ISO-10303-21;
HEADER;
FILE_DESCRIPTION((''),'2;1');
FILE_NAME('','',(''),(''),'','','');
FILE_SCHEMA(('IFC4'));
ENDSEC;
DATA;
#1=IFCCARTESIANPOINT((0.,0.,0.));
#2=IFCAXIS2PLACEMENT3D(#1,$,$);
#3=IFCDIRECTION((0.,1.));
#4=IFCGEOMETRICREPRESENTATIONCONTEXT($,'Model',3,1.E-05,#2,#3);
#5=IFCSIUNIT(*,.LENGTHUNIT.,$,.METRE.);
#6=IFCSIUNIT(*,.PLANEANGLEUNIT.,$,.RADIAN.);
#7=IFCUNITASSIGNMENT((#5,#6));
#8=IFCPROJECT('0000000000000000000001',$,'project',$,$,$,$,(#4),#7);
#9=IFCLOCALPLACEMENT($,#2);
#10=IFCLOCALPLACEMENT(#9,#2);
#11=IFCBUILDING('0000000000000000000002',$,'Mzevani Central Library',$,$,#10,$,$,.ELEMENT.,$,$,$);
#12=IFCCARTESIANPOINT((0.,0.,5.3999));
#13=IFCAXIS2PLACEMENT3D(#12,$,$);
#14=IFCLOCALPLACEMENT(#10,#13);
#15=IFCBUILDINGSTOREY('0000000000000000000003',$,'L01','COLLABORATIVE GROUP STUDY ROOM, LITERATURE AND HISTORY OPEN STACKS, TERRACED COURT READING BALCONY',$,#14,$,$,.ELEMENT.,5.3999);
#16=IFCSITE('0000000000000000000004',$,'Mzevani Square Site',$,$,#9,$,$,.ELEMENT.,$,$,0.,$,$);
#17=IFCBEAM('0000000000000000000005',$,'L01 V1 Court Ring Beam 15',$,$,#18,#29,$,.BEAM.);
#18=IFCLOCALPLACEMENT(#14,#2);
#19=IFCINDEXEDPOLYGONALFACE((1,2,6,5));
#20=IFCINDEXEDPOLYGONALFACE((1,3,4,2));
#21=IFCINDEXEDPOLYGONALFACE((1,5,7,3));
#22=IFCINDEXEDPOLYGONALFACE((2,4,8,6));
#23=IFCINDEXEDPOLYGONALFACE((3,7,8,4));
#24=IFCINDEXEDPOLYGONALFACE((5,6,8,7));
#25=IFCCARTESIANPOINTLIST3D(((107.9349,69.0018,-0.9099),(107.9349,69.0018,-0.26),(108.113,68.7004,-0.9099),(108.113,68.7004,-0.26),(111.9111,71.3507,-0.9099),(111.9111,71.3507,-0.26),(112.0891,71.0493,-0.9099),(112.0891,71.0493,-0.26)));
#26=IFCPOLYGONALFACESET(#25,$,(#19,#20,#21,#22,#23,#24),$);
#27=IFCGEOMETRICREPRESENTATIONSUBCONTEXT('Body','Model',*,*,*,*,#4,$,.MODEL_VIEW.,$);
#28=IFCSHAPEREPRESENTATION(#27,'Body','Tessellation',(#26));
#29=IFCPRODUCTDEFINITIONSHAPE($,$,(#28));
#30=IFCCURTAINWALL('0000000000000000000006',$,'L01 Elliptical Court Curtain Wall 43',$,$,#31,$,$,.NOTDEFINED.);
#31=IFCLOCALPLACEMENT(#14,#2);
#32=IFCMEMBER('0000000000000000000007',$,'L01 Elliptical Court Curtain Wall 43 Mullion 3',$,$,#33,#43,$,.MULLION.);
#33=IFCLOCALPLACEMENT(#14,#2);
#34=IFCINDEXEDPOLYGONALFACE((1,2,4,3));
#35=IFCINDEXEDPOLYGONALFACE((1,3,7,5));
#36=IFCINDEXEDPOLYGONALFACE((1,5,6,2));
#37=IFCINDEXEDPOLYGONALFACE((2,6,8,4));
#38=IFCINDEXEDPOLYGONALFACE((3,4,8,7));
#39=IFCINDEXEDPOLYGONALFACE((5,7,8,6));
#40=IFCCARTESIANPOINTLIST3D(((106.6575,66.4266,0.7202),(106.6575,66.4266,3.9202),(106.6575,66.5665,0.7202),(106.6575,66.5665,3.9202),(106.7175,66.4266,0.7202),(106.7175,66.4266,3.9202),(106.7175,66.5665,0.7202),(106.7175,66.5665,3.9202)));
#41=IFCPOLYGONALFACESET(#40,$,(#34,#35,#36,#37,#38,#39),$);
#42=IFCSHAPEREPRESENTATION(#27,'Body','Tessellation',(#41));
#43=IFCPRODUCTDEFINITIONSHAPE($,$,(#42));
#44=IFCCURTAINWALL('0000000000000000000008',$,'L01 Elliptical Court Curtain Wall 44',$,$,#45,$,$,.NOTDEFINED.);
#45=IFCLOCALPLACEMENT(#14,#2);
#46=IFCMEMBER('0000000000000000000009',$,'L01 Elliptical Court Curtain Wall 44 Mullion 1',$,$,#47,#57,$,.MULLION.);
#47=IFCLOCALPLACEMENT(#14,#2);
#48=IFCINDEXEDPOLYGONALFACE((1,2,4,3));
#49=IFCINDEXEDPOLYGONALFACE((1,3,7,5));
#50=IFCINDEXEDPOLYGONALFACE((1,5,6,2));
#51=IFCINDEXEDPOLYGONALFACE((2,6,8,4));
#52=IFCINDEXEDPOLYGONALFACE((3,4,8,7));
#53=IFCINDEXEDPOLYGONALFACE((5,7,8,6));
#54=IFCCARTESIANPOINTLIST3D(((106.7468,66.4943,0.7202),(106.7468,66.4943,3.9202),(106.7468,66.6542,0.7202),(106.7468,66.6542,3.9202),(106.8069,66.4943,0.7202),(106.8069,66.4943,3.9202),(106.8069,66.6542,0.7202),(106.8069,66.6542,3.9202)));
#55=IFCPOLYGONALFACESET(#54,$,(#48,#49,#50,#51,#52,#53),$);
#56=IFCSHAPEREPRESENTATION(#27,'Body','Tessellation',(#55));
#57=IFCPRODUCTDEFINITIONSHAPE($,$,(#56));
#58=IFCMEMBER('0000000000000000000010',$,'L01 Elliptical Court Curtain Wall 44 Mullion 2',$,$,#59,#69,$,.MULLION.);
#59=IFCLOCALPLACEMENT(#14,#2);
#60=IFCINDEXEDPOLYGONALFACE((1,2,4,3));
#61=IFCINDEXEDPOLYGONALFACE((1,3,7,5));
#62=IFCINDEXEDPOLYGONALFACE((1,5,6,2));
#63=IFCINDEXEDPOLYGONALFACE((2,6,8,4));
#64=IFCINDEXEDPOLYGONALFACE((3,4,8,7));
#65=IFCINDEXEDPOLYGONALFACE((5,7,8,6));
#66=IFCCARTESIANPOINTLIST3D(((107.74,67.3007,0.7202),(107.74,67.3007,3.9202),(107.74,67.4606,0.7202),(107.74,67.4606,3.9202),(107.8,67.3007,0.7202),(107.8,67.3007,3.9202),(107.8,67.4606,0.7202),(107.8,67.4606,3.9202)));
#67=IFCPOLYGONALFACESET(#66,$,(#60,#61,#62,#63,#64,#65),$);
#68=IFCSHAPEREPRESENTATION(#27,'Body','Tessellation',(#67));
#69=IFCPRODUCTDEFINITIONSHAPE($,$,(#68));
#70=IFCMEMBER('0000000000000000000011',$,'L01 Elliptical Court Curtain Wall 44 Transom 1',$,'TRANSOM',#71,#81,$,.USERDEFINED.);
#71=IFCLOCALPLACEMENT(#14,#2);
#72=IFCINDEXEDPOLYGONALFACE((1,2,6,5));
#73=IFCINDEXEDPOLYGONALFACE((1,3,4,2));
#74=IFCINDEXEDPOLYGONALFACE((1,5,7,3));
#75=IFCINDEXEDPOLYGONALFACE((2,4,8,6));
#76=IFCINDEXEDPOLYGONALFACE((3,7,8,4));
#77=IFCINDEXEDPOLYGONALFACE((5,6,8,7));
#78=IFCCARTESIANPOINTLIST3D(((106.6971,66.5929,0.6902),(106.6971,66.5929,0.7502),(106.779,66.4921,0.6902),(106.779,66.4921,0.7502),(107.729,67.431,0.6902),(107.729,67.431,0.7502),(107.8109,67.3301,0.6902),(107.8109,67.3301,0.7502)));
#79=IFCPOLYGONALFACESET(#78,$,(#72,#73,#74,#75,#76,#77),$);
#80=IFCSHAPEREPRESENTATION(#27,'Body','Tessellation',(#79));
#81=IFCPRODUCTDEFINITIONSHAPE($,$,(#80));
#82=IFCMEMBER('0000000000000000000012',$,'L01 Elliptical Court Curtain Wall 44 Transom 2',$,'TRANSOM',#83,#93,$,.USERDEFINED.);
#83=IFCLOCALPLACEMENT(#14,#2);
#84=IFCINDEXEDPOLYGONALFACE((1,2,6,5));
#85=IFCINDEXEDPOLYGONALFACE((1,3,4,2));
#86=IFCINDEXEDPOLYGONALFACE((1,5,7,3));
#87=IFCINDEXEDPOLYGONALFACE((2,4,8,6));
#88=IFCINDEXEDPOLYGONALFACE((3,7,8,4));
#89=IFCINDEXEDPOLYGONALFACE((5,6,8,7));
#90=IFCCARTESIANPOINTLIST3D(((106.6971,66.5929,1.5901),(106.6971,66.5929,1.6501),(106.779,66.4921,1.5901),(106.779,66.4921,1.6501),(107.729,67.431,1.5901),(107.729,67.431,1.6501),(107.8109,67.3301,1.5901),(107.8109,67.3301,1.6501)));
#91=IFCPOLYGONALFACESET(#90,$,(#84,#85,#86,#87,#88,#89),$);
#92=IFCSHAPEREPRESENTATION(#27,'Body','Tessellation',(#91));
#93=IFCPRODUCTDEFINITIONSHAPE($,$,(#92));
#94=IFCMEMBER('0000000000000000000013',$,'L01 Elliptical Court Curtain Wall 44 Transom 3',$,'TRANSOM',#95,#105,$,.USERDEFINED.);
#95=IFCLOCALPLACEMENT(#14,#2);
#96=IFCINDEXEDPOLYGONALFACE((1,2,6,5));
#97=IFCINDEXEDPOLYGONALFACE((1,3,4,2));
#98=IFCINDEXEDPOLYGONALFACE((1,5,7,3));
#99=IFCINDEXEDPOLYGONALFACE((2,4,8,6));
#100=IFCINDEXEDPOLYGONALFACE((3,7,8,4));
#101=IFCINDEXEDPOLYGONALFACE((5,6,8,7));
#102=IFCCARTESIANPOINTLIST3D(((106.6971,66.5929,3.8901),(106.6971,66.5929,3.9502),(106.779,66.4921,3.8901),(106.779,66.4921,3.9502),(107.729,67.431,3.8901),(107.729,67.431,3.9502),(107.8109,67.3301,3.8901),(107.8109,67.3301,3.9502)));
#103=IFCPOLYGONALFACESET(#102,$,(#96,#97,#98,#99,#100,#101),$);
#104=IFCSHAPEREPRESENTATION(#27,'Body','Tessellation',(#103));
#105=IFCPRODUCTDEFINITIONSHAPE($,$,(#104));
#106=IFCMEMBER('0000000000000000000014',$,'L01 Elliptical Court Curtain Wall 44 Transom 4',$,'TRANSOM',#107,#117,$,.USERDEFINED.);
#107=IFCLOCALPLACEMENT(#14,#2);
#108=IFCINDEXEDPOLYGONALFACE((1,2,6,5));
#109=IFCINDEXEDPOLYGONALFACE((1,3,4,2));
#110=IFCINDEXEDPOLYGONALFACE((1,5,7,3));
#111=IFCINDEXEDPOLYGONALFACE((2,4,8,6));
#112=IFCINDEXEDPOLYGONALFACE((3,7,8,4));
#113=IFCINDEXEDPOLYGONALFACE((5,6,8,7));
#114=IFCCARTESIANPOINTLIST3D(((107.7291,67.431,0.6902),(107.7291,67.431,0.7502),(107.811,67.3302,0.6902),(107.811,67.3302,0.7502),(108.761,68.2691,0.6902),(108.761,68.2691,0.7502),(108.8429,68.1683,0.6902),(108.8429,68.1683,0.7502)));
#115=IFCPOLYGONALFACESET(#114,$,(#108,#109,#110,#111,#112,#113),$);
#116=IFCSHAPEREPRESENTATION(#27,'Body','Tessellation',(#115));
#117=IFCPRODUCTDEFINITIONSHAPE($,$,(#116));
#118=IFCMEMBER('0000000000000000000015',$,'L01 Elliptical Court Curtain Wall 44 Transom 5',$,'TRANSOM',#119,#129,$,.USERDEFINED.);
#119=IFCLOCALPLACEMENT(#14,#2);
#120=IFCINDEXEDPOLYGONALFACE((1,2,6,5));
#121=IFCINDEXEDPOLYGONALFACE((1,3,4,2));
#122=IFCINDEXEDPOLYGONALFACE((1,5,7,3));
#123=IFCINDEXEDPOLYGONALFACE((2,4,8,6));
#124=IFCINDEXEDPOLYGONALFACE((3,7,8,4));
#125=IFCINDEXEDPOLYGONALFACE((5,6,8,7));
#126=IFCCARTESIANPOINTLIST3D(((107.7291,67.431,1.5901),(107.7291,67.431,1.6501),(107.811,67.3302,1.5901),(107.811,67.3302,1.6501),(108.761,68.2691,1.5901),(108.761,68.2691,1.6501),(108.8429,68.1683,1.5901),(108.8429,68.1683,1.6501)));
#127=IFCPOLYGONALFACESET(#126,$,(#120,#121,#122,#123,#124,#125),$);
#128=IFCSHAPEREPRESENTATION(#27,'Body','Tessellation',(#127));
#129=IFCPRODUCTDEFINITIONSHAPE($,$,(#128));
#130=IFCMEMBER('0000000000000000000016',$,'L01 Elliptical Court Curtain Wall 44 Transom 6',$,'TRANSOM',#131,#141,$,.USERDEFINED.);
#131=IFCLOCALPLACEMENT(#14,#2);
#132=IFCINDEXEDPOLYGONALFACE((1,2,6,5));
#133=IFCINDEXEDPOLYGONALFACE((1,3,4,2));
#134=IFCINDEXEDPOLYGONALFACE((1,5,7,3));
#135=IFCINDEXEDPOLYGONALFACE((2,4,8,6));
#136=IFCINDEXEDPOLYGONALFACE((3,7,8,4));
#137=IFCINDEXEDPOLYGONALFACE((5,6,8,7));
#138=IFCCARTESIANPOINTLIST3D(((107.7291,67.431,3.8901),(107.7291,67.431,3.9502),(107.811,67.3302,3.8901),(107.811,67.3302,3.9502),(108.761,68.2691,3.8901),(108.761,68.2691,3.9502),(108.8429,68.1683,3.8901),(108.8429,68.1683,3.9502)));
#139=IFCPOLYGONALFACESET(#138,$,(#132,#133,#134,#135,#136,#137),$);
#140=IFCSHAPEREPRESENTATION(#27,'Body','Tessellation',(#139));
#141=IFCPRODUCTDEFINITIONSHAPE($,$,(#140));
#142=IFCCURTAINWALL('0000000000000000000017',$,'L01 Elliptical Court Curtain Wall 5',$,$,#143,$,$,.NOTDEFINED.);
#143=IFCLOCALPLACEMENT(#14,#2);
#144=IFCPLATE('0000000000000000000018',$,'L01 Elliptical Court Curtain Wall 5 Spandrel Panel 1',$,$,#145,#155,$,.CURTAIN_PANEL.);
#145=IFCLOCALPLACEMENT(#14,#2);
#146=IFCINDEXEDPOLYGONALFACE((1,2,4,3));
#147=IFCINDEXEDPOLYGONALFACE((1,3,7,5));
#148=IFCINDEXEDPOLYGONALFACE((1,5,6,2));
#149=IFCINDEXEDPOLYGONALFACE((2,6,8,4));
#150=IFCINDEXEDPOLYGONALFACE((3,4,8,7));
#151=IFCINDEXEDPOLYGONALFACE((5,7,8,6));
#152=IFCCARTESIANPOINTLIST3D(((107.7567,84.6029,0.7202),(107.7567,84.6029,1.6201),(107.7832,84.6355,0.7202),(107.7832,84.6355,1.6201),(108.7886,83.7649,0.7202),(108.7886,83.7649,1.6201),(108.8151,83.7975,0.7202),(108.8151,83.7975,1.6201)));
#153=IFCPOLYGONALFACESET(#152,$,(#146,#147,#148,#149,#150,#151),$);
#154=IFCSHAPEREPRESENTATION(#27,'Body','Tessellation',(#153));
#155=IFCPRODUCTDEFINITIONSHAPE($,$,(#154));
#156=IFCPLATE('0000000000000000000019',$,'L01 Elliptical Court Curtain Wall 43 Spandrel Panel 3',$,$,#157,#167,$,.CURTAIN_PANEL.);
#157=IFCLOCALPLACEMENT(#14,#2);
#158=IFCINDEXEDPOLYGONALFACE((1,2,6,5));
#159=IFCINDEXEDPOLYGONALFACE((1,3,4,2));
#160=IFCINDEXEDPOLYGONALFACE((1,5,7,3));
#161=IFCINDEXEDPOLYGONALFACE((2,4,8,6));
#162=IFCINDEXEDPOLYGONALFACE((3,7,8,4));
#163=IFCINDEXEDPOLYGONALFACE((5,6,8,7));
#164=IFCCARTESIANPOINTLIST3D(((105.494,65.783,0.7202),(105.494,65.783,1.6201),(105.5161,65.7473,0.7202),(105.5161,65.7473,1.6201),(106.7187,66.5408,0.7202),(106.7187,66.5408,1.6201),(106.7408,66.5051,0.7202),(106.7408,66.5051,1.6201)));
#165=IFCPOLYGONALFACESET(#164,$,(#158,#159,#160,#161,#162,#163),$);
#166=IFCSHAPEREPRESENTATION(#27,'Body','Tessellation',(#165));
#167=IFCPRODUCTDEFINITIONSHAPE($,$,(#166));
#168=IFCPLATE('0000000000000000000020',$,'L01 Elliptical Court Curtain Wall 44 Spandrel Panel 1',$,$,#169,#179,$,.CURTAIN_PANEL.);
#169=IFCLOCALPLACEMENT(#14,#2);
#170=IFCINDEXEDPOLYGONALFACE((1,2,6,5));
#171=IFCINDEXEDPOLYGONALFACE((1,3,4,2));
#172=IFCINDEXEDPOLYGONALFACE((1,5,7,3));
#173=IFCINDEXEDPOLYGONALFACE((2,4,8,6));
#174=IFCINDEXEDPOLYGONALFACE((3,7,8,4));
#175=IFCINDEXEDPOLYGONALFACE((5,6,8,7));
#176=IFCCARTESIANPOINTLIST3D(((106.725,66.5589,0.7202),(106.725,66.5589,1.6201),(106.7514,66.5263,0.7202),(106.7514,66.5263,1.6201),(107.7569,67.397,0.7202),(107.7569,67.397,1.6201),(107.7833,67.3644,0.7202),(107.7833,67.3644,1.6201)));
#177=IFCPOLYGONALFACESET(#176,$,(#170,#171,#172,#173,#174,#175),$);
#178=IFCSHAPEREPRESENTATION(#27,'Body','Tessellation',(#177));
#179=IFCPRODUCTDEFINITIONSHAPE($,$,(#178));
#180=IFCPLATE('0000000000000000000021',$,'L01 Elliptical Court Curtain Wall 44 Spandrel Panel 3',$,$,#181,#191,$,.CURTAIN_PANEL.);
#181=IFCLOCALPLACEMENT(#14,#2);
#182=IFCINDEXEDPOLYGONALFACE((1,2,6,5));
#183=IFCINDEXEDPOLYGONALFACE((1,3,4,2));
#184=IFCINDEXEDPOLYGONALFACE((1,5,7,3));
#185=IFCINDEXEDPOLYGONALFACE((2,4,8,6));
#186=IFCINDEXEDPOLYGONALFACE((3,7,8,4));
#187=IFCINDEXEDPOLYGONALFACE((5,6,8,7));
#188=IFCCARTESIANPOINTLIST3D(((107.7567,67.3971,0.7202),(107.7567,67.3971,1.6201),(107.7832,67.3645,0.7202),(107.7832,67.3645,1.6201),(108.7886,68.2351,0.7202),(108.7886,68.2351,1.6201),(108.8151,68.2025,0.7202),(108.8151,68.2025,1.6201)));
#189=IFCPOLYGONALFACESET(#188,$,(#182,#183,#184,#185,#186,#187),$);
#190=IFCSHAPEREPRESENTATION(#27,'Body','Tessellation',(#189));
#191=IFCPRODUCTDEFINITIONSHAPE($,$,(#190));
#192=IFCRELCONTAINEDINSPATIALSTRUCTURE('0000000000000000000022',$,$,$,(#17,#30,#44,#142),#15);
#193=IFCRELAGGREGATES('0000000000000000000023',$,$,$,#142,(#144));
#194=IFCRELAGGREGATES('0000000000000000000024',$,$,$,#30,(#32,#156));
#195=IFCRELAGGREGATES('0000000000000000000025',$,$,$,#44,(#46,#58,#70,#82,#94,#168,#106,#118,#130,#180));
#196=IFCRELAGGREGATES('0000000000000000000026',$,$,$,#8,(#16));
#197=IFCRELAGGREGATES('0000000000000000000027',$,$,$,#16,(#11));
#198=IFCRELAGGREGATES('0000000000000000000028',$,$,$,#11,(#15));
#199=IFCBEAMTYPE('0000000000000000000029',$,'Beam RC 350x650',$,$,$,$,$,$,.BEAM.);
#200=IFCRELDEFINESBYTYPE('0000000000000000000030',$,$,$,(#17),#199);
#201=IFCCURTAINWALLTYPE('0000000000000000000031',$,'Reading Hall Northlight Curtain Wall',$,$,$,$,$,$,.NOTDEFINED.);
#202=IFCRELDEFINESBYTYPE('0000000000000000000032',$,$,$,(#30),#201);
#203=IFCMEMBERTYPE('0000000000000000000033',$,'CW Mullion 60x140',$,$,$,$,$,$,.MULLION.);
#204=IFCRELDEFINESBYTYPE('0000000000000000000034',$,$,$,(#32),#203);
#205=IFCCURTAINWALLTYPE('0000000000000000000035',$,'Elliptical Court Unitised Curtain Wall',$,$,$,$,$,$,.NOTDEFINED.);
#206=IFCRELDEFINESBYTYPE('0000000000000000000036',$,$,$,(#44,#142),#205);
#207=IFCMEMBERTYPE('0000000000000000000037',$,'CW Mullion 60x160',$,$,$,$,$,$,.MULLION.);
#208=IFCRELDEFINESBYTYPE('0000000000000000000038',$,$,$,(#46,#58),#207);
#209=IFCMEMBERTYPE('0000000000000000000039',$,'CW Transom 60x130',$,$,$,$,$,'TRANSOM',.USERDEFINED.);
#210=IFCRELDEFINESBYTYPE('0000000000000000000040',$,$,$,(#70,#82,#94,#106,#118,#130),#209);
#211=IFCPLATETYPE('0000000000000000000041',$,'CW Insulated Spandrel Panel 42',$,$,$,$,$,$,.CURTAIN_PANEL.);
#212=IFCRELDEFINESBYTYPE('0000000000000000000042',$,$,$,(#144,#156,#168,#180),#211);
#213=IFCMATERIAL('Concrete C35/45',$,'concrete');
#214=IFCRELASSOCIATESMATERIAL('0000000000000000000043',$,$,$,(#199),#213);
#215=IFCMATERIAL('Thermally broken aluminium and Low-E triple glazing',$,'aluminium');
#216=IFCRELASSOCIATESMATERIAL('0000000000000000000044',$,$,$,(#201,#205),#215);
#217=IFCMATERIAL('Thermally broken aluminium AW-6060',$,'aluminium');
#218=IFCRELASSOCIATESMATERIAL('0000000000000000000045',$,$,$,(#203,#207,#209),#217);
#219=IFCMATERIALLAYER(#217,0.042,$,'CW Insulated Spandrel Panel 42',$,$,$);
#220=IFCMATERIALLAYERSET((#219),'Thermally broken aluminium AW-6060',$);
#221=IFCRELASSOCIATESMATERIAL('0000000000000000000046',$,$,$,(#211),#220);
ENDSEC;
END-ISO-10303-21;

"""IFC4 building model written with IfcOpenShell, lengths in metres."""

from ifc_helpers import new_model, si_unit, direction, frame, origin, origin_2d, place, context, subcontext, project, spatial, rectangle, extrude, material, layer, layer_set, material_profile, profile_set, type_object, element, aggregate, save


model = new_model("IFC4")

# Units and contexts
model_context = context("Model", 3, precision=1e-05, world=origin(), true_north=direction((0.0, 1.0)))
body_context = subcontext(model_context, "Body", "Model", "MODEL_VIEW")
ifc_project = project(units=[si_unit("LENGTHUNIT", "METRE"), si_unit("PLANEANGLEUNIT", "RADIAN")], contexts=[model_context])

# Site, building, storey
site_placement = place(None, origin())
site = spatial("IfcSite", under=ifc_project, at=site_placement, Name="Mzevani Square Site", CompositionType="ELEMENT", RefElevation=0.0)
building_placement = place(site_placement, origin())
building = spatial("IfcBuilding", under=site, at=building_placement, Name="Mzevani Central Library", CompositionType="ELEMENT")
storey_placement = place(building_placement, frame((0.0, 0.0, 5.3999)))
storey = spatial("IfcBuildingStorey", under=building, at=storey_placement, Name="L01", Description="COLLABORATIVE GROUP STUDY ROOM, LITERATURE AND HISTORY OPEN STACKS, TERRACED COURT READING BALCONY", CompositionType="ELEMENT", Elevation=5.3999)

# Beam
ifc_material_1 = material(Name="Concrete C35/45", Category="concrete")
ifc_material_profile_1 = material_profile(ifc_material_1, rectangle(XDim=0.3501, YDim=0.6499, at=origin_2d()), Name="RC B350x650")
ifc_profile_set_1 = profile_set([ifc_material_profile_1], Name="Concrete C35/45")
beam_type = type_object("IfcBeamType", Name="Beam RC 350x650", PredefinedType="BEAM", material=ifc_profile_set_1)
beam_placement = place(storey_placement, frame((108.0239, 68.8511, -0.585), z_axis=(0.860985, 0.50863, 0.0), x_axis=(-0.50863, 0.860985, 0.0)))
element("IfcBeam", 1, at=beam_placement, inside=storey, type_object=beam_type, Name="L01 V1 Court Ring Beam 15", PredefinedType="BEAM", context=body_context, shape_type="SweptSolid", body=[
    extrude(rectangle(XDim=0.3501, YDim=0.6499, at=origin_2d()), origin(), (0.0, 0.0, 1.0), 4.6182),
])

# Curtain wall, member
ifc_material_2 = material(Name="Thermally broken aluminium and Low-E triple glazing", Category="aluminium")
curtain_wall_type_1 = type_object("IfcCurtainWallType", Name="Reading Hall Northlight Curtain Wall", PredefinedType="NOTDEFINED", material=ifc_material_2)
curtain_wall_1_placement = place(storey_placement, origin())
curtain_wall_1 = element("IfcCurtainWall", 2, at=curtain_wall_1_placement, inside=storey, type_object=curtain_wall_type_1, Name="L01 Elliptical Court Curtain Wall 43", PredefinedType="NOTDEFINED")
ifc_material_3 = material(Name="Thermally broken aluminium AW-6060", Category="aluminium")
ifc_material_profile_2 = material_profile(ifc_material_3, rectangle(XDim=0.0601, YDim=0.1399, at=origin_2d()), Name="ALU M60x140")
ifc_profile_set_2 = profile_set([ifc_material_profile_2], Name="Thermally broken aluminium AW-6060")
member_type_1 = type_object("IfcMemberType", Name="CW Mullion 60x140", PredefinedType="MULLION", material=ifc_profile_set_2)
member_1_placement = place(storey_placement, frame((106.6875, 66.4966, 0.7202), z_axis=(0.0, 0.0, 1.0), x_axis=(1.0, 0.0, 0.0)))
member_1 = element("IfcMember", 3, at=member_1_placement, type_object=member_type_1, Name="L01 Elliptical Court Curtain Wall 43 Mullion 3", PredefinedType="MULLION", context=body_context, shape_type="SweptSolid", body=[
    extrude(rectangle(XDim=0.0601, YDim=0.1399, at=origin_2d()), origin(), (0.0, 0.0, 1.0), 3.2),
])

# Curtain wall, members
curtain_wall_type_2 = type_object("IfcCurtainWallType", Name="Elliptical Court Unitised Curtain Wall", PredefinedType="NOTDEFINED", material=ifc_material_2)
curtain_wall_2_placement = place(storey_placement, origin())
curtain_wall_2 = element("IfcCurtainWall", 4, at=curtain_wall_2_placement, inside=storey, type_object=curtain_wall_type_2, Name="L01 Elliptical Court Curtain Wall 44", PredefinedType="NOTDEFINED")
ifc_material_profile_3 = material_profile(ifc_material_3, rectangle(XDim=0.0601, YDim=0.1599, at=origin_2d()), Name="ALU M60x160")
ifc_profile_set_3 = profile_set([ifc_material_profile_3], Name="Thermally broken aluminium AW-6060")
member_type_2 = type_object("IfcMemberType", Name="CW Mullion 60x160", PredefinedType="MULLION", material=ifc_profile_set_3)
member_2_placement = place(storey_placement, frame((106.7769, 66.5742, 0.7202), z_axis=(0.0, 0.0, 1.0), x_axis=(1.0, 0.0, 0.0)))
member_2 = element("IfcMember", 5, at=member_2_placement, type_object=member_type_2, Name="L01 Elliptical Court Curtain Wall 44 Mullion 1", PredefinedType="MULLION", context=body_context, shape_type="SweptSolid", body=[
    extrude(rectangle(XDim=0.0601, YDim=0.1599, at=origin_2d()), origin(), (0.0, 0.0, 1.0), 3.2),
])
member_3_placement = place(storey_placement, frame((107.77, 67.3806, 0.7202), z_axis=(0.0, 0.0, 1.0), x_axis=(1.0, 0.0, 0.0)))
member_3 = element("IfcMember", 6, at=member_3_placement, type_object=member_type_2, Name="L01 Elliptical Court Curtain Wall 44 Mullion 2", PredefinedType="MULLION", context=body_context, shape_type="SweptSolid", body=[
    extrude(rectangle(XDim=0.0601, YDim=0.1599, at=origin_2d()), origin(), (0.0, 0.0, 1.0), 3.2),
])
ifc_material_profile_4 = material_profile(ifc_material_3, rectangle(XDim=0.1299, YDim=0.0601, at=origin_2d()), Name="ALU T60x130")
ifc_profile_set_4 = profile_set([ifc_material_profile_4], Name="Thermally broken aluminium AW-6060")
member_type_3 = type_object("IfcMemberType", Name="CW Transom 60x130", ElementType="TRANSOM", PredefinedType="USERDEFINED", material=ifc_profile_set_4)
member_4_placement = place(storey_placement, frame((106.738, 66.5425, 0.7202), z_axis=(0.776243, 0.630434, 0.0), x_axis=(-0.630434, 0.776243, 0.0)))
member_4 = element("IfcMember", 7, at=member_4_placement, type_object=member_type_3, Name="L01 Elliptical Court Curtain Wall 44 Transom 1", ObjectType="TRANSOM", PredefinedType="USERDEFINED", context=body_context, shape_type="SweptSolid", body=[
    extrude(rectangle(XDim=0.1299, YDim=0.0601, at=origin_2d()), origin(), (0.0, 0.0, 1.0), 1.3293),
])
member_5_placement = place(storey_placement, frame((106.738, 66.5425, 1.6201), z_axis=(0.776243, 0.630434, 0.0), x_axis=(-0.630434, 0.776243, 0.0)))
member_5 = element("IfcMember", 8, at=member_5_placement, type_object=member_type_3, Name="L01 Elliptical Court Curtain Wall 44 Transom 2", ObjectType="TRANSOM", PredefinedType="USERDEFINED", context=body_context, shape_type="SweptSolid", body=[
    extrude(rectangle(XDim=0.1299, YDim=0.0601, at=origin_2d()), origin(), (0.0, 0.0, 1.0), 1.3293),
])
member_6_placement = place(storey_placement, frame((106.738, 66.5425, 3.9202), z_axis=(0.776243, 0.630434, 0.0), x_axis=(-0.630434, 0.776243, 0.0)))
member_6 = element("IfcMember", 9, at=member_6_placement, type_object=member_type_3, Name="L01 Elliptical Court Curtain Wall 44 Transom 3", ObjectType="TRANSOM", PredefinedType="USERDEFINED", context=body_context, shape_type="SweptSolid", body=[
    extrude(rectangle(XDim=0.1299, YDim=0.0601, at=origin_2d()), origin(), (0.0, 0.0, 1.0), 1.3293),
])
member_7_placement = place(storey_placement, frame((107.77, 67.3806, 0.7202), z_axis=(0.776243, 0.630434, 0.0), x_axis=(-0.630434, 0.776243, 0.0)))
member_7 = element("IfcMember", 10, at=member_7_placement, type_object=member_type_3, Name="L01 Elliptical Court Curtain Wall 44 Transom 4", ObjectType="TRANSOM", PredefinedType="USERDEFINED", context=body_context, shape_type="SweptSolid", body=[
    extrude(rectangle(XDim=0.1299, YDim=0.0601, at=origin_2d()), origin(), (0.0, 0.0, 1.0), 1.3293),
])
member_8_placement = place(storey_placement, frame((107.77, 67.3806, 1.6201), z_axis=(0.776243, 0.630434, 0.0), x_axis=(-0.630434, 0.776243, 0.0)))
member_8 = element("IfcMember", 11, at=member_8_placement, type_object=member_type_3, Name="L01 Elliptical Court Curtain Wall 44 Transom 5", ObjectType="TRANSOM", PredefinedType="USERDEFINED", context=body_context, shape_type="SweptSolid", body=[
    extrude(rectangle(XDim=0.1299, YDim=0.0601, at=origin_2d()), origin(), (0.0, 0.0, 1.0), 1.3293),
])
member_9_placement = place(storey_placement, frame((107.77, 67.3806, 3.9202), z_axis=(0.776243, 0.630434, 0.0), x_axis=(-0.630434, 0.776243, 0.0)))
member_9 = element("IfcMember", 12, at=member_9_placement, type_object=member_type_3, Name="L01 Elliptical Court Curtain Wall 44 Transom 6", ObjectType="TRANSOM", PredefinedType="USERDEFINED", context=body_context, shape_type="SweptSolid", body=[
    extrude(rectangle(XDim=0.1299, YDim=0.0601, at=origin_2d()), origin(), (0.0, 0.0, 1.0), 1.3293),
])

# Curtain wall, plate
curtain_wall_3_placement = place(storey_placement, origin())
curtain_wall_3 = element("IfcCurtainWall", 13, at=curtain_wall_3_placement, inside=storey, type_object=curtain_wall_type_2, Name="L01 Elliptical Court Curtain Wall 5", PredefinedType="NOTDEFINED")
ifc_layer_1 = layer(ifc_material_3, 0.042, Name="CW Insulated Spandrel Panel 42")
ifc_layer_set_1 = layer_set([ifc_layer_1], Name="Thermally broken aluminium AW-6060")
plate_type_1 = type_object("IfcPlateType", Name="CW Insulated Spandrel Panel 42", PredefinedType="CURTAIN_PANEL", material=ifc_layer_set_1)
plate_1_placement = place(storey_placement, frame((108.2859, 84.2002, 0.7202), z_axis=(0.0, 0.0, 1.0), x_axis=(-0.776231, 0.630448, 0.0)))
plate_1 = element("IfcPlate", 14, at=plate_1_placement, type_object=plate_type_1, Name="L01 Elliptical Court Curtain Wall 5 Spandrel Panel 1", PredefinedType="CURTAIN_PANEL", context=body_context, shape_type="SweptSolid", body=[
    extrude(rectangle(XDim=1.3293, YDim=0.042, at=origin_2d()), origin(), (0.0, 0.0, 1.0), 0.8999),
])

# Plates
plate_2_placement = place(storey_placement, frame((106.1174, 66.144, 0.7202), z_axis=(0.0, 0.0, 1.0), x_axis=(0.850358, 0.526205, 0.0)))
plate_2 = element("IfcPlate", 15, at=plate_2_placement, type_object=plate_type_1, Name="L01 Elliptical Court Curtain Wall 43 Spandrel Panel 3", PredefinedType="CURTAIN_PANEL", context=body_context, shape_type="SweptSolid", body=[
    extrude(rectangle(XDim=1.4402, YDim=0.042, at=origin_2d()), origin(), (0.0, 0.0, 1.0), 0.8999),
])
plate_3_placement = place(storey_placement, frame((107.2542, 66.9617, 0.7202), z_axis=(0.0, 0.0, 1.0), x_axis=(0.776231, 0.630448, 0.0)))
plate_3 = element("IfcPlate", 16, at=plate_3_placement, type_object=plate_type_1, Name="L01 Elliptical Court Curtain Wall 44 Spandrel Panel 1", PredefinedType="CURTAIN_PANEL", context=body_context, shape_type="SweptSolid", body=[
    extrude(rectangle(XDim=1.3293, YDim=0.042, at=origin_2d()), origin(), (0.0, 0.0, 1.0), 0.8999),
])
plate_4_placement = place(storey_placement, frame((108.2859, 67.7998, 0.7202), z_axis=(0.0, 0.0, 1.0), x_axis=(0.776231, 0.630448, 0.0)))
plate_4 = element("IfcPlate", 17, at=plate_4_placement, type_object=plate_type_1, Name="L01 Elliptical Court Curtain Wall 44 Spandrel Panel 3", PredefinedType="CURTAIN_PANEL", context=body_context, shape_type="SweptSolid", body=[
    extrude(rectangle(XDim=1.3293, YDim=0.042, at=origin_2d()), origin(), (0.0, 0.0, 1.0), 0.8999),
])
aggregate(curtain_wall_3, [plate_1])
aggregate(curtain_wall_1, [member_1, plate_2])
aggregate(curtain_wall_2, [member_2, member_3, member_4, member_5, member_6, plate_3, member_7, member_8, member_9, plate_4])

save(model, "model.ifc")
